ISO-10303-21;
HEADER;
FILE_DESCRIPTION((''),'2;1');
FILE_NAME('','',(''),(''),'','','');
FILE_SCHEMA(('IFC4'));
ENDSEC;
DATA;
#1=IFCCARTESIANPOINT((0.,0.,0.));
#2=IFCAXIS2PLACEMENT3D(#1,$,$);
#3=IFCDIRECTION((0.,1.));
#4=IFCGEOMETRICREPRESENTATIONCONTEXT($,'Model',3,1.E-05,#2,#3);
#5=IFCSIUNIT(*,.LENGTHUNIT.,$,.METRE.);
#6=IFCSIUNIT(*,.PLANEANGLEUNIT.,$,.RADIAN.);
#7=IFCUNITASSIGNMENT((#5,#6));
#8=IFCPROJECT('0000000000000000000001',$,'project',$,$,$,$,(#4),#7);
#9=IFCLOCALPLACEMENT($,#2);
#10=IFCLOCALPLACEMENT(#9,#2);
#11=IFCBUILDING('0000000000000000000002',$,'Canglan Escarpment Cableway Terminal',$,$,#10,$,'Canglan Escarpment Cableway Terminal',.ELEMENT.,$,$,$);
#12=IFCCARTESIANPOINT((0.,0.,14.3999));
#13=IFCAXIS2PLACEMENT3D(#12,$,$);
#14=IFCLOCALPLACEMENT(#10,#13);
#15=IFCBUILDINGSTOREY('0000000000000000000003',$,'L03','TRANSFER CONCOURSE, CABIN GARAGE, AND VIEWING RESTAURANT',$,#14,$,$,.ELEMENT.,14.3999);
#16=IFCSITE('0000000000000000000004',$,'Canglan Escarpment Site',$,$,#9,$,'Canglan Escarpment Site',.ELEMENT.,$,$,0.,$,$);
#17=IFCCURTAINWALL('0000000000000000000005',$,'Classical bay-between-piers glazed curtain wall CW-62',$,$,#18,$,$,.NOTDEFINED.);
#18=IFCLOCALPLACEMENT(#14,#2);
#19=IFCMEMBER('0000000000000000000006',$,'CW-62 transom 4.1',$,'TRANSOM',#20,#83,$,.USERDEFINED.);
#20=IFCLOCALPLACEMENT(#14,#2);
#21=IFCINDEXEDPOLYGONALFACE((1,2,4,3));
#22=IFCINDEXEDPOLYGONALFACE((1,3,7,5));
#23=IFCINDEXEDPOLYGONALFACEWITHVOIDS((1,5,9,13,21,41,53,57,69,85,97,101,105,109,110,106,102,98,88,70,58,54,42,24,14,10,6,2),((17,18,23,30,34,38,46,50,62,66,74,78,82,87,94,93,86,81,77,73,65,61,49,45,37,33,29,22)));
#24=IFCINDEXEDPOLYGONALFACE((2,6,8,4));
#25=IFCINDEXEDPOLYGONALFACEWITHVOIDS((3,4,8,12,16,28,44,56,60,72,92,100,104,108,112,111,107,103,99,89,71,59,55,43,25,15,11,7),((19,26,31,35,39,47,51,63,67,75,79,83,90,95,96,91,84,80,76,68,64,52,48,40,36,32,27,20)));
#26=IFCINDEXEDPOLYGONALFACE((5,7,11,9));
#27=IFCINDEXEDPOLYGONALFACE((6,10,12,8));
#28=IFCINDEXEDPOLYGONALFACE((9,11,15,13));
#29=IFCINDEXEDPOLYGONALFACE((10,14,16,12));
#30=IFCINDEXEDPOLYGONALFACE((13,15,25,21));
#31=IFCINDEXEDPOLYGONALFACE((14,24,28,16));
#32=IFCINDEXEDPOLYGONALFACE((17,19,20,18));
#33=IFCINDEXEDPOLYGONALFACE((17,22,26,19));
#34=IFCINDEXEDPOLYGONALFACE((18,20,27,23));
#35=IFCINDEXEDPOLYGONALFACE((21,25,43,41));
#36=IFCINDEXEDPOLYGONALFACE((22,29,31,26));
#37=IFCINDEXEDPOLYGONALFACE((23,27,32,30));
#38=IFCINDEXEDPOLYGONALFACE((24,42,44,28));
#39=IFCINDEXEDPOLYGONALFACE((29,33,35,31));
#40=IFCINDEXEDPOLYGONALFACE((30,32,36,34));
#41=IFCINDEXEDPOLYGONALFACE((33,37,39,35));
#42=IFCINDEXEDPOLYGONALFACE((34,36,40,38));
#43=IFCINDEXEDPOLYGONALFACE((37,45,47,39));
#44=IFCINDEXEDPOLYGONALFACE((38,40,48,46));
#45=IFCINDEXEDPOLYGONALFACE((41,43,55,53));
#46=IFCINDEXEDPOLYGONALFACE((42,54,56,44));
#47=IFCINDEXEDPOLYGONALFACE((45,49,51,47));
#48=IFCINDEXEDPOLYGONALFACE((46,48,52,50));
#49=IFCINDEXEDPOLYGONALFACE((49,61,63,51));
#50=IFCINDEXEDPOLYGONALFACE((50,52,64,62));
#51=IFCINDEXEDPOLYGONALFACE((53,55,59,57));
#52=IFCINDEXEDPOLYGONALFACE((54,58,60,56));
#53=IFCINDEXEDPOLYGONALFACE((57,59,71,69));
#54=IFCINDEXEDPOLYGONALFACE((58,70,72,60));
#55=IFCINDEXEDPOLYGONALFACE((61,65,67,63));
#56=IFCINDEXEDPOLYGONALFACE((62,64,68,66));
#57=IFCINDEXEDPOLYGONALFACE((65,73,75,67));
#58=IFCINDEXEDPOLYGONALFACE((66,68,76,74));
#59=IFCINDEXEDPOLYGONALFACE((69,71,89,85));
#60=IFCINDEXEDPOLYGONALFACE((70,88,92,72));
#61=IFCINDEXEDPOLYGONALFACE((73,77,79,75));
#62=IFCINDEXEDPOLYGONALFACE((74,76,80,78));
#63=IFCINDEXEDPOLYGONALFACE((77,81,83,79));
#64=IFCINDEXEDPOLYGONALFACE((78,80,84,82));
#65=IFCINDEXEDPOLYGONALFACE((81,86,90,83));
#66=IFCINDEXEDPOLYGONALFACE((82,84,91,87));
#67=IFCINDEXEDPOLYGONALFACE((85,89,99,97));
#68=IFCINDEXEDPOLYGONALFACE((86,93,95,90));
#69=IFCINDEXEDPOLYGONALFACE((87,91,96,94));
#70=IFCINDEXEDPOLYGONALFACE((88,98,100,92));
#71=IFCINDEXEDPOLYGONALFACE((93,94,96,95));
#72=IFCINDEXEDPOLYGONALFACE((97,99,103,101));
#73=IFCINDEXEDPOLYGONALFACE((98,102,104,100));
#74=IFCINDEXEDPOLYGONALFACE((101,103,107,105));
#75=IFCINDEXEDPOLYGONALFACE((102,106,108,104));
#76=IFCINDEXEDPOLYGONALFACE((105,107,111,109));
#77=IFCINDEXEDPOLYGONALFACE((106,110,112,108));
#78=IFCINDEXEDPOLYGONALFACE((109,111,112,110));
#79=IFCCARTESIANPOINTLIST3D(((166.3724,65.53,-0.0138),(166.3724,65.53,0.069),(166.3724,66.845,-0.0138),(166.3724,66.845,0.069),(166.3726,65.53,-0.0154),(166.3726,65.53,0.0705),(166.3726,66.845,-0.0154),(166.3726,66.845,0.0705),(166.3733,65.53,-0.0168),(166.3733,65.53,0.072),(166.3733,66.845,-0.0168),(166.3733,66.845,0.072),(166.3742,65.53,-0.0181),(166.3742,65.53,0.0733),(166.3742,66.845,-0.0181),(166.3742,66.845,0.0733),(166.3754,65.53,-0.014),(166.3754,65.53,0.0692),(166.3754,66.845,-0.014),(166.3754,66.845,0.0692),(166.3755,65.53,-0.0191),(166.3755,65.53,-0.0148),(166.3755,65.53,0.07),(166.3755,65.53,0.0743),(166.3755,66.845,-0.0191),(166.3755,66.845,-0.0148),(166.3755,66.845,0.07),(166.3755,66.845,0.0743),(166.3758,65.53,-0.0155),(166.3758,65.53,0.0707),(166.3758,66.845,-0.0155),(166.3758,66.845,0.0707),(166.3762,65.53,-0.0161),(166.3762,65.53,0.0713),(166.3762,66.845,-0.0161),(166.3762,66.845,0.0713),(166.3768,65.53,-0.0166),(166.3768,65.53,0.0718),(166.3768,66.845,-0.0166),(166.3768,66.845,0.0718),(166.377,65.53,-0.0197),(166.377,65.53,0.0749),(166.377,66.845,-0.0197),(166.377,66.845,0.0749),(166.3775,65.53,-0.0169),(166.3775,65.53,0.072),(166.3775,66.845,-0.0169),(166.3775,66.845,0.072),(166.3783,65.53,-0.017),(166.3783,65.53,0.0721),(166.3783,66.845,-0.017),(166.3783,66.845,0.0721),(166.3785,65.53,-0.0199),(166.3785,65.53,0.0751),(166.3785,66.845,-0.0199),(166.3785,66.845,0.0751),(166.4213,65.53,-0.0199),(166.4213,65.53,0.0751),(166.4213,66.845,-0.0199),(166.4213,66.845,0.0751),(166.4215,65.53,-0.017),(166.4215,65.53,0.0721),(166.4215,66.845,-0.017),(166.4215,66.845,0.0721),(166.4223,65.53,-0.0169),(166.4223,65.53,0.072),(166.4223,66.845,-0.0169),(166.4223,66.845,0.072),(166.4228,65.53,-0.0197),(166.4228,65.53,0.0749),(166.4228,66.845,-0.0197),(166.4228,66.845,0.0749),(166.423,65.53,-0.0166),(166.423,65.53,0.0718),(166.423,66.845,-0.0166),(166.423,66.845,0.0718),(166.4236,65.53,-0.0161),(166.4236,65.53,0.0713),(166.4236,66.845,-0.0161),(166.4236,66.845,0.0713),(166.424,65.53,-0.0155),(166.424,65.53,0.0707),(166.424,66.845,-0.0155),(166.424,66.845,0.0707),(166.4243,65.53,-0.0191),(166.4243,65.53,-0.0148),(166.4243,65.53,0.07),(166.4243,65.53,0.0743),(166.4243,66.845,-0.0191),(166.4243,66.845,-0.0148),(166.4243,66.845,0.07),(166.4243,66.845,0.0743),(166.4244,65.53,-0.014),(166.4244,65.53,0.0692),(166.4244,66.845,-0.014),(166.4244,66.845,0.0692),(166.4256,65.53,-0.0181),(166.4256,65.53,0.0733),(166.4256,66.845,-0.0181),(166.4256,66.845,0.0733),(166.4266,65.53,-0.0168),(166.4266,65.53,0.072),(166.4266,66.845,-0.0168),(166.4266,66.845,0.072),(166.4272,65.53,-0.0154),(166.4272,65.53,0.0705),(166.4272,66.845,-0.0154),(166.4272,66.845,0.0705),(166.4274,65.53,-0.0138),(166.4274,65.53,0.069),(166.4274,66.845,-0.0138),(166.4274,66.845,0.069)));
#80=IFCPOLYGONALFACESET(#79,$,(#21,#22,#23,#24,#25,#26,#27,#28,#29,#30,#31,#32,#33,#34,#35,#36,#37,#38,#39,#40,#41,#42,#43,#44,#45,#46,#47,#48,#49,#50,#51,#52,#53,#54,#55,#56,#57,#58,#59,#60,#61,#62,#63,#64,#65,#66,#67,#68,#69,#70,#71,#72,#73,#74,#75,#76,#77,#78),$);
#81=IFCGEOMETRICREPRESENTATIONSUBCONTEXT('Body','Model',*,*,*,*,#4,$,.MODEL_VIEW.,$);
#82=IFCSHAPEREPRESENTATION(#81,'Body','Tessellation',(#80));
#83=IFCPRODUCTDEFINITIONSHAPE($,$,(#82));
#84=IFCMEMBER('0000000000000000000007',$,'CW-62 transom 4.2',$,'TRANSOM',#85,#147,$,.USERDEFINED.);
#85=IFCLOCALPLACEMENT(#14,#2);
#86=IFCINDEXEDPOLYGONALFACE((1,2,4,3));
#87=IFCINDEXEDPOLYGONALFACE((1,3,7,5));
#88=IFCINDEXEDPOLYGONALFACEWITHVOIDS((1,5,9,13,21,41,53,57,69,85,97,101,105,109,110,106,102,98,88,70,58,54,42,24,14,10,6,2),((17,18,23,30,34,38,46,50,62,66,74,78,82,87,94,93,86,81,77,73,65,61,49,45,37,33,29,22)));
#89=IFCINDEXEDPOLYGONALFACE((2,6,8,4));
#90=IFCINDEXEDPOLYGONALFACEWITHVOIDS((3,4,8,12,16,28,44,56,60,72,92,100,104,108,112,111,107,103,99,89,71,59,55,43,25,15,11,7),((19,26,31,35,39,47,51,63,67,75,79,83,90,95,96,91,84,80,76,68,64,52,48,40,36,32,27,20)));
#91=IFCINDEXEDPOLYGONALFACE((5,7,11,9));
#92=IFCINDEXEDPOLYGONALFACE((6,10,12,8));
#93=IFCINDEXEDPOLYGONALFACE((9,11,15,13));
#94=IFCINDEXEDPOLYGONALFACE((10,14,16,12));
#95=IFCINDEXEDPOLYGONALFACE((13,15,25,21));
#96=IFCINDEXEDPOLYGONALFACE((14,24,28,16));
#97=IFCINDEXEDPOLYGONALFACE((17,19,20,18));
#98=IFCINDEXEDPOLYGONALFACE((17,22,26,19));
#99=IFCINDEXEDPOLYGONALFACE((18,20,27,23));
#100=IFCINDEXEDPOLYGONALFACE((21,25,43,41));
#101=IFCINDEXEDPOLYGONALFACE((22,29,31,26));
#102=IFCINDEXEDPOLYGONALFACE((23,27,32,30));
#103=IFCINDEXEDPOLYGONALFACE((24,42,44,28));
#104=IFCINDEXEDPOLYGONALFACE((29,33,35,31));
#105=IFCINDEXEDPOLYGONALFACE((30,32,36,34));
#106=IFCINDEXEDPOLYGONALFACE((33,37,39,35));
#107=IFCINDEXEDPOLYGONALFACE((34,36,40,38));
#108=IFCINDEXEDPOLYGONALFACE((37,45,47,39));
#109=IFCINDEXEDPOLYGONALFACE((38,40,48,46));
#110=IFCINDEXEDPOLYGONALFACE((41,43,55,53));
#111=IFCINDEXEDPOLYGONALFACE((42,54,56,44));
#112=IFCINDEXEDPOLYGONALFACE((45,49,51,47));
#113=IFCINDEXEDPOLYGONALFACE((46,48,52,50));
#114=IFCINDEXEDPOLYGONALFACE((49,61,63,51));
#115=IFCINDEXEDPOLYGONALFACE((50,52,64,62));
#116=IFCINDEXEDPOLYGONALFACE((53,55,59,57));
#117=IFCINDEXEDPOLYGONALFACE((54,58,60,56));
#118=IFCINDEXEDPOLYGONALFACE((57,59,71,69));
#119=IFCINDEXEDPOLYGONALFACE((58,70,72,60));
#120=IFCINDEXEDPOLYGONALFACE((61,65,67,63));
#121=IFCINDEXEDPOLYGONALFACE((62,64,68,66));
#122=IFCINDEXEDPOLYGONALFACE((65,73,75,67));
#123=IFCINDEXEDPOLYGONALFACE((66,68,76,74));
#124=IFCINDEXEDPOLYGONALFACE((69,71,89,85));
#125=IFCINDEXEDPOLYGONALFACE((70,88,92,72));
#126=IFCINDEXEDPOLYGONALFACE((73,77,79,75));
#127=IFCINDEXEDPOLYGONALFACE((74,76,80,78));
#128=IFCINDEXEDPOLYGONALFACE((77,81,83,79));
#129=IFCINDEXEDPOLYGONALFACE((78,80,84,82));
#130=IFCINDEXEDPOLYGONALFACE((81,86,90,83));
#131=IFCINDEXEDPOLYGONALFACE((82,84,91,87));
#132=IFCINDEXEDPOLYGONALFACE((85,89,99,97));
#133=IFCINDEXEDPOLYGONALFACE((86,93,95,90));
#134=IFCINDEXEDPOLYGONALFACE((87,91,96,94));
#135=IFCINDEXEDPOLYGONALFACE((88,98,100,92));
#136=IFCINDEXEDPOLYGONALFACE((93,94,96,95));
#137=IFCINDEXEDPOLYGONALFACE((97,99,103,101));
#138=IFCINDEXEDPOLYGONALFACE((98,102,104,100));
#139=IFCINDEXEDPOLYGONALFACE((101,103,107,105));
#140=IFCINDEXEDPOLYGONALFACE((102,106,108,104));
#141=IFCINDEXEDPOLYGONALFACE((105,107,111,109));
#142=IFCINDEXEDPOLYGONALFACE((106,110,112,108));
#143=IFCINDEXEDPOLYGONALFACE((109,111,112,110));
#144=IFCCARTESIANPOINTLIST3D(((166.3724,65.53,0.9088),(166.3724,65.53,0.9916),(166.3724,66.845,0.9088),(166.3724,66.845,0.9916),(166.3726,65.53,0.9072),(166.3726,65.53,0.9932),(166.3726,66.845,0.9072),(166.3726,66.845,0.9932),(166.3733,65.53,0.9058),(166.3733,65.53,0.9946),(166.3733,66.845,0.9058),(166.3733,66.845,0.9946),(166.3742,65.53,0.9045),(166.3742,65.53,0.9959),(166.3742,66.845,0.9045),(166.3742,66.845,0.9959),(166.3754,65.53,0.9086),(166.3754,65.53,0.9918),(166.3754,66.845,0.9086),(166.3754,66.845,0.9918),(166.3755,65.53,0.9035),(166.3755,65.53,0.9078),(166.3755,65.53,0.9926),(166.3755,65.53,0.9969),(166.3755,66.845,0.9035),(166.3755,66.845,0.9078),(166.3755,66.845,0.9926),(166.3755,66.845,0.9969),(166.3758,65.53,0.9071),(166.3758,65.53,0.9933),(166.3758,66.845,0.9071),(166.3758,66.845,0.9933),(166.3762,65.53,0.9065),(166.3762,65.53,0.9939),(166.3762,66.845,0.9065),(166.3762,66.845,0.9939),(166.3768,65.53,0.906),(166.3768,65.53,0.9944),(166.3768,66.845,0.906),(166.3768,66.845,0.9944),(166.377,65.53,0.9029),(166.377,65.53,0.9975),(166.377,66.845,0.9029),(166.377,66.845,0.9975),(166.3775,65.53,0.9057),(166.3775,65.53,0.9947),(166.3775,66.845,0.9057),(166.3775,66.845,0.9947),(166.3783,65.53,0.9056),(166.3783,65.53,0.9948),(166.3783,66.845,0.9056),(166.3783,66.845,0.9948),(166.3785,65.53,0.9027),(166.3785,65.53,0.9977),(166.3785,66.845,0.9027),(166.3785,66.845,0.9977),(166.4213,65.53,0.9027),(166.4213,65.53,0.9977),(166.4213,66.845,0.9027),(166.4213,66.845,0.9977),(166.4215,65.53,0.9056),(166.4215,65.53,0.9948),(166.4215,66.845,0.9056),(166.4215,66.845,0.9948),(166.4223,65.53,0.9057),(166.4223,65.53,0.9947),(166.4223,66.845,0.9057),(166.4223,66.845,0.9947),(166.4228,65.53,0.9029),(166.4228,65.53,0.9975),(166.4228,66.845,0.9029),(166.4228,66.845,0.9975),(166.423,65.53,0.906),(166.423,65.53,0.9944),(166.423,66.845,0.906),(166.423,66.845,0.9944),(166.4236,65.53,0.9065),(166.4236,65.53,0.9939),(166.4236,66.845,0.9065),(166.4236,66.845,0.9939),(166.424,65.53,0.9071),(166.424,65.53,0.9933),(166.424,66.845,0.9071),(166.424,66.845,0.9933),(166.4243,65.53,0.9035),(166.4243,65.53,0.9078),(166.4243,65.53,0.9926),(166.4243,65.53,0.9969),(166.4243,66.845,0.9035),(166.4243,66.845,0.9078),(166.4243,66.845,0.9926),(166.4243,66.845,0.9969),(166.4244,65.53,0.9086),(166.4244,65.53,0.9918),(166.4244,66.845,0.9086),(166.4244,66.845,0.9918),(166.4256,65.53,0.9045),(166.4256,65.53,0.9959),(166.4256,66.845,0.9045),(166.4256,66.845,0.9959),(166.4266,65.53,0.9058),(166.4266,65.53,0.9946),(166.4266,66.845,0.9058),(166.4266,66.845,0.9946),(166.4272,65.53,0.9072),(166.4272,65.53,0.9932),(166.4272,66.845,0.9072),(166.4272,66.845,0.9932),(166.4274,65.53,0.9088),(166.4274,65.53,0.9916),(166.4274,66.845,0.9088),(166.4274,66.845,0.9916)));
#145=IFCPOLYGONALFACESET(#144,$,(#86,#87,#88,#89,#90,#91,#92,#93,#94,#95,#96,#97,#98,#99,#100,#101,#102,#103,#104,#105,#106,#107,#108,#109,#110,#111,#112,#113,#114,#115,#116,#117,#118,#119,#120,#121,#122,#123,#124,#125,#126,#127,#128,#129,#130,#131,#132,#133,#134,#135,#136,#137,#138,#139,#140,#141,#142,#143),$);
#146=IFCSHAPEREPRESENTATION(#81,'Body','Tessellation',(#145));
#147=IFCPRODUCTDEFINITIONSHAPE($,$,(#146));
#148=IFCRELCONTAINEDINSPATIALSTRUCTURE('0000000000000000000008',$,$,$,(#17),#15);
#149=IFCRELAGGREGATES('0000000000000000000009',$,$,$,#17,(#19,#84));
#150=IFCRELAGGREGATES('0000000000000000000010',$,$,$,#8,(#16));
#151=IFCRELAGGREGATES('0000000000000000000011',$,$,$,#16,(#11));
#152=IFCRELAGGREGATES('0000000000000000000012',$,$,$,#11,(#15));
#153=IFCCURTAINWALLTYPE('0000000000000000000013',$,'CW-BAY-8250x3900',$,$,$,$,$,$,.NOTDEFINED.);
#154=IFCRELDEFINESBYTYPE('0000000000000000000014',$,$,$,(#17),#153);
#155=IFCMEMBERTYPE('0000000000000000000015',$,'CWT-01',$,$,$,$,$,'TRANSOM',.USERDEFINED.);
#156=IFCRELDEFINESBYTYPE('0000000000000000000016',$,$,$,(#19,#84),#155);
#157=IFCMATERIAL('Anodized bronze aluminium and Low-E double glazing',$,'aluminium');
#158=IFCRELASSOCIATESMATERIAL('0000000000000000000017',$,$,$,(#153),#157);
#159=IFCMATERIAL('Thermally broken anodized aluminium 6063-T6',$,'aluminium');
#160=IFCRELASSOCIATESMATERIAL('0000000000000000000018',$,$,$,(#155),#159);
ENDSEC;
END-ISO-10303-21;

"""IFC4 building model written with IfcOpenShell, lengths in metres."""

from ifc_helpers import new_model, si_unit, direction, frame, origin, origin_2d, place, context, subcontext, project, spatial, hollow_rectangle, extrude, material, material_profile, profile_set, type_object, element, aggregate, save


model = new_model("IFC4")

# Units and contexts
model_context = context("Model", 3, precision=1e-05, world=origin(), true_north=direction((0.0, 1.0)))
body_context = subcontext(model_context, "Body", "Model", "MODEL_VIEW")
ifc_project = project(units=[si_unit("LENGTHUNIT", "METRE"), si_unit("PLANEANGLEUNIT", "RADIAN")], contexts=[model_context])

# Site, building, storey
site_placement = place(None, origin())
site = spatial("IfcSite", under=ifc_project, at=site_placement, Name="Canglan Escarpment Site", LongName="Canglan Escarpment Site", CompositionType="ELEMENT", RefElevation=0.0)
building_placement = place(site_placement, origin())
building = spatial("IfcBuilding", under=site, at=building_placement, Name="Canglan Escarpment Cableway Terminal", LongName="Canglan Escarpment Cableway Terminal", CompositionType="ELEMENT")
storey_placement = place(building_placement, frame((0.0, 0.0, 14.3999)))
storey = spatial("IfcBuildingStorey", under=building, at=storey_placement, Name="L03", Description="TRANSFER CONCOURSE, CABIN GARAGE, AND VIEWING RESTAURANT", CompositionType="ELEMENT", Elevation=14.3999)

# Curtain wall, members
ifc_material_1 = material(Name="Anodized bronze aluminium and Low-E double glazing", Category="aluminium")
curtain_wall_type = type_object("IfcCurtainWallType", Name="CW-BAY-8250x3900", PredefinedType="NOTDEFINED", material=ifc_material_1)
curtain_wall_placement = place(storey_placement, origin())
curtain_wall = element("IfcCurtainWall", 1, at=curtain_wall_placement, inside=storey, type_object=curtain_wall_type, Name="Classical bay-between-piers glazed curtain wall CW-62", PredefinedType="NOTDEFINED")
ifc_material_2 = material(Name="Thermally broken anodized aluminium 6063-T6", Category="aluminium")
ifc_material_profile_1 = material_profile(ifc_material_2, hollow_rectangle(XDim=0.0549, YDim=0.095, WallThickness=0.0029, InnerFilletRadius=0.0029, OuterFilletRadius=0.0061, at=origin_2d()), Name="ALU-TRAN 55x95x3")
ifc_profile_set_1 = profile_set([ifc_material_profile_1], Name="Thermally broken anodized aluminium 6063-T6")
member_type_1 = type_object("IfcMemberType", Name="CWT-01", ElementType="TRANSOM", PredefinedType="USERDEFINED", material=ifc_profile_set_1)
member_1_placement = place(storey_placement, frame((166.3999, 65.53, 0.0276), z_axis=(0.0, 1.0, 0.0), x_axis=(-1.0, 0.0, 0.0)))
member_1 = element("IfcMember", 2, at=member_1_placement, type_object=member_type_1, Name="CW-62 transom 4.1", ObjectType="TRANSOM", PredefinedType="USERDEFINED", context=body_context, shape_type="SweptSolid", body=[
    extrude(hollow_rectangle(XDim=0.0549, YDim=0.095, WallThickness=0.0029, InnerFilletRadius=0.0029, OuterFilletRadius=0.0061, at=origin_2d()), origin(), (0.0, 0.0, 1.0), 1.3149),
])
member_2_placement = place(storey_placement, frame((166.3999, 65.53, 0.9502), z_axis=(0.0, 1.0, 0.0), x_axis=(-1.0, 0.0, 0.0)))
member_2 = element("IfcMember", 3, at=member_2_placement, type_object=member_type_1, Name="CW-62 transom 4.2", ObjectType="TRANSOM", PredefinedType="USERDEFINED", context=body_context, shape_type="SweptSolid", body=[
    extrude(hollow_rectangle(XDim=0.0549, YDim=0.095, WallThickness=0.0029, InnerFilletRadius=0.0029, OuterFilletRadius=0.0061, at=origin_2d()), origin(), (0.0, 0.0, 1.0), 1.3149),
])

aggregate(curtain_wall, [member_1, member_2])

save(model, "model.ifc")
